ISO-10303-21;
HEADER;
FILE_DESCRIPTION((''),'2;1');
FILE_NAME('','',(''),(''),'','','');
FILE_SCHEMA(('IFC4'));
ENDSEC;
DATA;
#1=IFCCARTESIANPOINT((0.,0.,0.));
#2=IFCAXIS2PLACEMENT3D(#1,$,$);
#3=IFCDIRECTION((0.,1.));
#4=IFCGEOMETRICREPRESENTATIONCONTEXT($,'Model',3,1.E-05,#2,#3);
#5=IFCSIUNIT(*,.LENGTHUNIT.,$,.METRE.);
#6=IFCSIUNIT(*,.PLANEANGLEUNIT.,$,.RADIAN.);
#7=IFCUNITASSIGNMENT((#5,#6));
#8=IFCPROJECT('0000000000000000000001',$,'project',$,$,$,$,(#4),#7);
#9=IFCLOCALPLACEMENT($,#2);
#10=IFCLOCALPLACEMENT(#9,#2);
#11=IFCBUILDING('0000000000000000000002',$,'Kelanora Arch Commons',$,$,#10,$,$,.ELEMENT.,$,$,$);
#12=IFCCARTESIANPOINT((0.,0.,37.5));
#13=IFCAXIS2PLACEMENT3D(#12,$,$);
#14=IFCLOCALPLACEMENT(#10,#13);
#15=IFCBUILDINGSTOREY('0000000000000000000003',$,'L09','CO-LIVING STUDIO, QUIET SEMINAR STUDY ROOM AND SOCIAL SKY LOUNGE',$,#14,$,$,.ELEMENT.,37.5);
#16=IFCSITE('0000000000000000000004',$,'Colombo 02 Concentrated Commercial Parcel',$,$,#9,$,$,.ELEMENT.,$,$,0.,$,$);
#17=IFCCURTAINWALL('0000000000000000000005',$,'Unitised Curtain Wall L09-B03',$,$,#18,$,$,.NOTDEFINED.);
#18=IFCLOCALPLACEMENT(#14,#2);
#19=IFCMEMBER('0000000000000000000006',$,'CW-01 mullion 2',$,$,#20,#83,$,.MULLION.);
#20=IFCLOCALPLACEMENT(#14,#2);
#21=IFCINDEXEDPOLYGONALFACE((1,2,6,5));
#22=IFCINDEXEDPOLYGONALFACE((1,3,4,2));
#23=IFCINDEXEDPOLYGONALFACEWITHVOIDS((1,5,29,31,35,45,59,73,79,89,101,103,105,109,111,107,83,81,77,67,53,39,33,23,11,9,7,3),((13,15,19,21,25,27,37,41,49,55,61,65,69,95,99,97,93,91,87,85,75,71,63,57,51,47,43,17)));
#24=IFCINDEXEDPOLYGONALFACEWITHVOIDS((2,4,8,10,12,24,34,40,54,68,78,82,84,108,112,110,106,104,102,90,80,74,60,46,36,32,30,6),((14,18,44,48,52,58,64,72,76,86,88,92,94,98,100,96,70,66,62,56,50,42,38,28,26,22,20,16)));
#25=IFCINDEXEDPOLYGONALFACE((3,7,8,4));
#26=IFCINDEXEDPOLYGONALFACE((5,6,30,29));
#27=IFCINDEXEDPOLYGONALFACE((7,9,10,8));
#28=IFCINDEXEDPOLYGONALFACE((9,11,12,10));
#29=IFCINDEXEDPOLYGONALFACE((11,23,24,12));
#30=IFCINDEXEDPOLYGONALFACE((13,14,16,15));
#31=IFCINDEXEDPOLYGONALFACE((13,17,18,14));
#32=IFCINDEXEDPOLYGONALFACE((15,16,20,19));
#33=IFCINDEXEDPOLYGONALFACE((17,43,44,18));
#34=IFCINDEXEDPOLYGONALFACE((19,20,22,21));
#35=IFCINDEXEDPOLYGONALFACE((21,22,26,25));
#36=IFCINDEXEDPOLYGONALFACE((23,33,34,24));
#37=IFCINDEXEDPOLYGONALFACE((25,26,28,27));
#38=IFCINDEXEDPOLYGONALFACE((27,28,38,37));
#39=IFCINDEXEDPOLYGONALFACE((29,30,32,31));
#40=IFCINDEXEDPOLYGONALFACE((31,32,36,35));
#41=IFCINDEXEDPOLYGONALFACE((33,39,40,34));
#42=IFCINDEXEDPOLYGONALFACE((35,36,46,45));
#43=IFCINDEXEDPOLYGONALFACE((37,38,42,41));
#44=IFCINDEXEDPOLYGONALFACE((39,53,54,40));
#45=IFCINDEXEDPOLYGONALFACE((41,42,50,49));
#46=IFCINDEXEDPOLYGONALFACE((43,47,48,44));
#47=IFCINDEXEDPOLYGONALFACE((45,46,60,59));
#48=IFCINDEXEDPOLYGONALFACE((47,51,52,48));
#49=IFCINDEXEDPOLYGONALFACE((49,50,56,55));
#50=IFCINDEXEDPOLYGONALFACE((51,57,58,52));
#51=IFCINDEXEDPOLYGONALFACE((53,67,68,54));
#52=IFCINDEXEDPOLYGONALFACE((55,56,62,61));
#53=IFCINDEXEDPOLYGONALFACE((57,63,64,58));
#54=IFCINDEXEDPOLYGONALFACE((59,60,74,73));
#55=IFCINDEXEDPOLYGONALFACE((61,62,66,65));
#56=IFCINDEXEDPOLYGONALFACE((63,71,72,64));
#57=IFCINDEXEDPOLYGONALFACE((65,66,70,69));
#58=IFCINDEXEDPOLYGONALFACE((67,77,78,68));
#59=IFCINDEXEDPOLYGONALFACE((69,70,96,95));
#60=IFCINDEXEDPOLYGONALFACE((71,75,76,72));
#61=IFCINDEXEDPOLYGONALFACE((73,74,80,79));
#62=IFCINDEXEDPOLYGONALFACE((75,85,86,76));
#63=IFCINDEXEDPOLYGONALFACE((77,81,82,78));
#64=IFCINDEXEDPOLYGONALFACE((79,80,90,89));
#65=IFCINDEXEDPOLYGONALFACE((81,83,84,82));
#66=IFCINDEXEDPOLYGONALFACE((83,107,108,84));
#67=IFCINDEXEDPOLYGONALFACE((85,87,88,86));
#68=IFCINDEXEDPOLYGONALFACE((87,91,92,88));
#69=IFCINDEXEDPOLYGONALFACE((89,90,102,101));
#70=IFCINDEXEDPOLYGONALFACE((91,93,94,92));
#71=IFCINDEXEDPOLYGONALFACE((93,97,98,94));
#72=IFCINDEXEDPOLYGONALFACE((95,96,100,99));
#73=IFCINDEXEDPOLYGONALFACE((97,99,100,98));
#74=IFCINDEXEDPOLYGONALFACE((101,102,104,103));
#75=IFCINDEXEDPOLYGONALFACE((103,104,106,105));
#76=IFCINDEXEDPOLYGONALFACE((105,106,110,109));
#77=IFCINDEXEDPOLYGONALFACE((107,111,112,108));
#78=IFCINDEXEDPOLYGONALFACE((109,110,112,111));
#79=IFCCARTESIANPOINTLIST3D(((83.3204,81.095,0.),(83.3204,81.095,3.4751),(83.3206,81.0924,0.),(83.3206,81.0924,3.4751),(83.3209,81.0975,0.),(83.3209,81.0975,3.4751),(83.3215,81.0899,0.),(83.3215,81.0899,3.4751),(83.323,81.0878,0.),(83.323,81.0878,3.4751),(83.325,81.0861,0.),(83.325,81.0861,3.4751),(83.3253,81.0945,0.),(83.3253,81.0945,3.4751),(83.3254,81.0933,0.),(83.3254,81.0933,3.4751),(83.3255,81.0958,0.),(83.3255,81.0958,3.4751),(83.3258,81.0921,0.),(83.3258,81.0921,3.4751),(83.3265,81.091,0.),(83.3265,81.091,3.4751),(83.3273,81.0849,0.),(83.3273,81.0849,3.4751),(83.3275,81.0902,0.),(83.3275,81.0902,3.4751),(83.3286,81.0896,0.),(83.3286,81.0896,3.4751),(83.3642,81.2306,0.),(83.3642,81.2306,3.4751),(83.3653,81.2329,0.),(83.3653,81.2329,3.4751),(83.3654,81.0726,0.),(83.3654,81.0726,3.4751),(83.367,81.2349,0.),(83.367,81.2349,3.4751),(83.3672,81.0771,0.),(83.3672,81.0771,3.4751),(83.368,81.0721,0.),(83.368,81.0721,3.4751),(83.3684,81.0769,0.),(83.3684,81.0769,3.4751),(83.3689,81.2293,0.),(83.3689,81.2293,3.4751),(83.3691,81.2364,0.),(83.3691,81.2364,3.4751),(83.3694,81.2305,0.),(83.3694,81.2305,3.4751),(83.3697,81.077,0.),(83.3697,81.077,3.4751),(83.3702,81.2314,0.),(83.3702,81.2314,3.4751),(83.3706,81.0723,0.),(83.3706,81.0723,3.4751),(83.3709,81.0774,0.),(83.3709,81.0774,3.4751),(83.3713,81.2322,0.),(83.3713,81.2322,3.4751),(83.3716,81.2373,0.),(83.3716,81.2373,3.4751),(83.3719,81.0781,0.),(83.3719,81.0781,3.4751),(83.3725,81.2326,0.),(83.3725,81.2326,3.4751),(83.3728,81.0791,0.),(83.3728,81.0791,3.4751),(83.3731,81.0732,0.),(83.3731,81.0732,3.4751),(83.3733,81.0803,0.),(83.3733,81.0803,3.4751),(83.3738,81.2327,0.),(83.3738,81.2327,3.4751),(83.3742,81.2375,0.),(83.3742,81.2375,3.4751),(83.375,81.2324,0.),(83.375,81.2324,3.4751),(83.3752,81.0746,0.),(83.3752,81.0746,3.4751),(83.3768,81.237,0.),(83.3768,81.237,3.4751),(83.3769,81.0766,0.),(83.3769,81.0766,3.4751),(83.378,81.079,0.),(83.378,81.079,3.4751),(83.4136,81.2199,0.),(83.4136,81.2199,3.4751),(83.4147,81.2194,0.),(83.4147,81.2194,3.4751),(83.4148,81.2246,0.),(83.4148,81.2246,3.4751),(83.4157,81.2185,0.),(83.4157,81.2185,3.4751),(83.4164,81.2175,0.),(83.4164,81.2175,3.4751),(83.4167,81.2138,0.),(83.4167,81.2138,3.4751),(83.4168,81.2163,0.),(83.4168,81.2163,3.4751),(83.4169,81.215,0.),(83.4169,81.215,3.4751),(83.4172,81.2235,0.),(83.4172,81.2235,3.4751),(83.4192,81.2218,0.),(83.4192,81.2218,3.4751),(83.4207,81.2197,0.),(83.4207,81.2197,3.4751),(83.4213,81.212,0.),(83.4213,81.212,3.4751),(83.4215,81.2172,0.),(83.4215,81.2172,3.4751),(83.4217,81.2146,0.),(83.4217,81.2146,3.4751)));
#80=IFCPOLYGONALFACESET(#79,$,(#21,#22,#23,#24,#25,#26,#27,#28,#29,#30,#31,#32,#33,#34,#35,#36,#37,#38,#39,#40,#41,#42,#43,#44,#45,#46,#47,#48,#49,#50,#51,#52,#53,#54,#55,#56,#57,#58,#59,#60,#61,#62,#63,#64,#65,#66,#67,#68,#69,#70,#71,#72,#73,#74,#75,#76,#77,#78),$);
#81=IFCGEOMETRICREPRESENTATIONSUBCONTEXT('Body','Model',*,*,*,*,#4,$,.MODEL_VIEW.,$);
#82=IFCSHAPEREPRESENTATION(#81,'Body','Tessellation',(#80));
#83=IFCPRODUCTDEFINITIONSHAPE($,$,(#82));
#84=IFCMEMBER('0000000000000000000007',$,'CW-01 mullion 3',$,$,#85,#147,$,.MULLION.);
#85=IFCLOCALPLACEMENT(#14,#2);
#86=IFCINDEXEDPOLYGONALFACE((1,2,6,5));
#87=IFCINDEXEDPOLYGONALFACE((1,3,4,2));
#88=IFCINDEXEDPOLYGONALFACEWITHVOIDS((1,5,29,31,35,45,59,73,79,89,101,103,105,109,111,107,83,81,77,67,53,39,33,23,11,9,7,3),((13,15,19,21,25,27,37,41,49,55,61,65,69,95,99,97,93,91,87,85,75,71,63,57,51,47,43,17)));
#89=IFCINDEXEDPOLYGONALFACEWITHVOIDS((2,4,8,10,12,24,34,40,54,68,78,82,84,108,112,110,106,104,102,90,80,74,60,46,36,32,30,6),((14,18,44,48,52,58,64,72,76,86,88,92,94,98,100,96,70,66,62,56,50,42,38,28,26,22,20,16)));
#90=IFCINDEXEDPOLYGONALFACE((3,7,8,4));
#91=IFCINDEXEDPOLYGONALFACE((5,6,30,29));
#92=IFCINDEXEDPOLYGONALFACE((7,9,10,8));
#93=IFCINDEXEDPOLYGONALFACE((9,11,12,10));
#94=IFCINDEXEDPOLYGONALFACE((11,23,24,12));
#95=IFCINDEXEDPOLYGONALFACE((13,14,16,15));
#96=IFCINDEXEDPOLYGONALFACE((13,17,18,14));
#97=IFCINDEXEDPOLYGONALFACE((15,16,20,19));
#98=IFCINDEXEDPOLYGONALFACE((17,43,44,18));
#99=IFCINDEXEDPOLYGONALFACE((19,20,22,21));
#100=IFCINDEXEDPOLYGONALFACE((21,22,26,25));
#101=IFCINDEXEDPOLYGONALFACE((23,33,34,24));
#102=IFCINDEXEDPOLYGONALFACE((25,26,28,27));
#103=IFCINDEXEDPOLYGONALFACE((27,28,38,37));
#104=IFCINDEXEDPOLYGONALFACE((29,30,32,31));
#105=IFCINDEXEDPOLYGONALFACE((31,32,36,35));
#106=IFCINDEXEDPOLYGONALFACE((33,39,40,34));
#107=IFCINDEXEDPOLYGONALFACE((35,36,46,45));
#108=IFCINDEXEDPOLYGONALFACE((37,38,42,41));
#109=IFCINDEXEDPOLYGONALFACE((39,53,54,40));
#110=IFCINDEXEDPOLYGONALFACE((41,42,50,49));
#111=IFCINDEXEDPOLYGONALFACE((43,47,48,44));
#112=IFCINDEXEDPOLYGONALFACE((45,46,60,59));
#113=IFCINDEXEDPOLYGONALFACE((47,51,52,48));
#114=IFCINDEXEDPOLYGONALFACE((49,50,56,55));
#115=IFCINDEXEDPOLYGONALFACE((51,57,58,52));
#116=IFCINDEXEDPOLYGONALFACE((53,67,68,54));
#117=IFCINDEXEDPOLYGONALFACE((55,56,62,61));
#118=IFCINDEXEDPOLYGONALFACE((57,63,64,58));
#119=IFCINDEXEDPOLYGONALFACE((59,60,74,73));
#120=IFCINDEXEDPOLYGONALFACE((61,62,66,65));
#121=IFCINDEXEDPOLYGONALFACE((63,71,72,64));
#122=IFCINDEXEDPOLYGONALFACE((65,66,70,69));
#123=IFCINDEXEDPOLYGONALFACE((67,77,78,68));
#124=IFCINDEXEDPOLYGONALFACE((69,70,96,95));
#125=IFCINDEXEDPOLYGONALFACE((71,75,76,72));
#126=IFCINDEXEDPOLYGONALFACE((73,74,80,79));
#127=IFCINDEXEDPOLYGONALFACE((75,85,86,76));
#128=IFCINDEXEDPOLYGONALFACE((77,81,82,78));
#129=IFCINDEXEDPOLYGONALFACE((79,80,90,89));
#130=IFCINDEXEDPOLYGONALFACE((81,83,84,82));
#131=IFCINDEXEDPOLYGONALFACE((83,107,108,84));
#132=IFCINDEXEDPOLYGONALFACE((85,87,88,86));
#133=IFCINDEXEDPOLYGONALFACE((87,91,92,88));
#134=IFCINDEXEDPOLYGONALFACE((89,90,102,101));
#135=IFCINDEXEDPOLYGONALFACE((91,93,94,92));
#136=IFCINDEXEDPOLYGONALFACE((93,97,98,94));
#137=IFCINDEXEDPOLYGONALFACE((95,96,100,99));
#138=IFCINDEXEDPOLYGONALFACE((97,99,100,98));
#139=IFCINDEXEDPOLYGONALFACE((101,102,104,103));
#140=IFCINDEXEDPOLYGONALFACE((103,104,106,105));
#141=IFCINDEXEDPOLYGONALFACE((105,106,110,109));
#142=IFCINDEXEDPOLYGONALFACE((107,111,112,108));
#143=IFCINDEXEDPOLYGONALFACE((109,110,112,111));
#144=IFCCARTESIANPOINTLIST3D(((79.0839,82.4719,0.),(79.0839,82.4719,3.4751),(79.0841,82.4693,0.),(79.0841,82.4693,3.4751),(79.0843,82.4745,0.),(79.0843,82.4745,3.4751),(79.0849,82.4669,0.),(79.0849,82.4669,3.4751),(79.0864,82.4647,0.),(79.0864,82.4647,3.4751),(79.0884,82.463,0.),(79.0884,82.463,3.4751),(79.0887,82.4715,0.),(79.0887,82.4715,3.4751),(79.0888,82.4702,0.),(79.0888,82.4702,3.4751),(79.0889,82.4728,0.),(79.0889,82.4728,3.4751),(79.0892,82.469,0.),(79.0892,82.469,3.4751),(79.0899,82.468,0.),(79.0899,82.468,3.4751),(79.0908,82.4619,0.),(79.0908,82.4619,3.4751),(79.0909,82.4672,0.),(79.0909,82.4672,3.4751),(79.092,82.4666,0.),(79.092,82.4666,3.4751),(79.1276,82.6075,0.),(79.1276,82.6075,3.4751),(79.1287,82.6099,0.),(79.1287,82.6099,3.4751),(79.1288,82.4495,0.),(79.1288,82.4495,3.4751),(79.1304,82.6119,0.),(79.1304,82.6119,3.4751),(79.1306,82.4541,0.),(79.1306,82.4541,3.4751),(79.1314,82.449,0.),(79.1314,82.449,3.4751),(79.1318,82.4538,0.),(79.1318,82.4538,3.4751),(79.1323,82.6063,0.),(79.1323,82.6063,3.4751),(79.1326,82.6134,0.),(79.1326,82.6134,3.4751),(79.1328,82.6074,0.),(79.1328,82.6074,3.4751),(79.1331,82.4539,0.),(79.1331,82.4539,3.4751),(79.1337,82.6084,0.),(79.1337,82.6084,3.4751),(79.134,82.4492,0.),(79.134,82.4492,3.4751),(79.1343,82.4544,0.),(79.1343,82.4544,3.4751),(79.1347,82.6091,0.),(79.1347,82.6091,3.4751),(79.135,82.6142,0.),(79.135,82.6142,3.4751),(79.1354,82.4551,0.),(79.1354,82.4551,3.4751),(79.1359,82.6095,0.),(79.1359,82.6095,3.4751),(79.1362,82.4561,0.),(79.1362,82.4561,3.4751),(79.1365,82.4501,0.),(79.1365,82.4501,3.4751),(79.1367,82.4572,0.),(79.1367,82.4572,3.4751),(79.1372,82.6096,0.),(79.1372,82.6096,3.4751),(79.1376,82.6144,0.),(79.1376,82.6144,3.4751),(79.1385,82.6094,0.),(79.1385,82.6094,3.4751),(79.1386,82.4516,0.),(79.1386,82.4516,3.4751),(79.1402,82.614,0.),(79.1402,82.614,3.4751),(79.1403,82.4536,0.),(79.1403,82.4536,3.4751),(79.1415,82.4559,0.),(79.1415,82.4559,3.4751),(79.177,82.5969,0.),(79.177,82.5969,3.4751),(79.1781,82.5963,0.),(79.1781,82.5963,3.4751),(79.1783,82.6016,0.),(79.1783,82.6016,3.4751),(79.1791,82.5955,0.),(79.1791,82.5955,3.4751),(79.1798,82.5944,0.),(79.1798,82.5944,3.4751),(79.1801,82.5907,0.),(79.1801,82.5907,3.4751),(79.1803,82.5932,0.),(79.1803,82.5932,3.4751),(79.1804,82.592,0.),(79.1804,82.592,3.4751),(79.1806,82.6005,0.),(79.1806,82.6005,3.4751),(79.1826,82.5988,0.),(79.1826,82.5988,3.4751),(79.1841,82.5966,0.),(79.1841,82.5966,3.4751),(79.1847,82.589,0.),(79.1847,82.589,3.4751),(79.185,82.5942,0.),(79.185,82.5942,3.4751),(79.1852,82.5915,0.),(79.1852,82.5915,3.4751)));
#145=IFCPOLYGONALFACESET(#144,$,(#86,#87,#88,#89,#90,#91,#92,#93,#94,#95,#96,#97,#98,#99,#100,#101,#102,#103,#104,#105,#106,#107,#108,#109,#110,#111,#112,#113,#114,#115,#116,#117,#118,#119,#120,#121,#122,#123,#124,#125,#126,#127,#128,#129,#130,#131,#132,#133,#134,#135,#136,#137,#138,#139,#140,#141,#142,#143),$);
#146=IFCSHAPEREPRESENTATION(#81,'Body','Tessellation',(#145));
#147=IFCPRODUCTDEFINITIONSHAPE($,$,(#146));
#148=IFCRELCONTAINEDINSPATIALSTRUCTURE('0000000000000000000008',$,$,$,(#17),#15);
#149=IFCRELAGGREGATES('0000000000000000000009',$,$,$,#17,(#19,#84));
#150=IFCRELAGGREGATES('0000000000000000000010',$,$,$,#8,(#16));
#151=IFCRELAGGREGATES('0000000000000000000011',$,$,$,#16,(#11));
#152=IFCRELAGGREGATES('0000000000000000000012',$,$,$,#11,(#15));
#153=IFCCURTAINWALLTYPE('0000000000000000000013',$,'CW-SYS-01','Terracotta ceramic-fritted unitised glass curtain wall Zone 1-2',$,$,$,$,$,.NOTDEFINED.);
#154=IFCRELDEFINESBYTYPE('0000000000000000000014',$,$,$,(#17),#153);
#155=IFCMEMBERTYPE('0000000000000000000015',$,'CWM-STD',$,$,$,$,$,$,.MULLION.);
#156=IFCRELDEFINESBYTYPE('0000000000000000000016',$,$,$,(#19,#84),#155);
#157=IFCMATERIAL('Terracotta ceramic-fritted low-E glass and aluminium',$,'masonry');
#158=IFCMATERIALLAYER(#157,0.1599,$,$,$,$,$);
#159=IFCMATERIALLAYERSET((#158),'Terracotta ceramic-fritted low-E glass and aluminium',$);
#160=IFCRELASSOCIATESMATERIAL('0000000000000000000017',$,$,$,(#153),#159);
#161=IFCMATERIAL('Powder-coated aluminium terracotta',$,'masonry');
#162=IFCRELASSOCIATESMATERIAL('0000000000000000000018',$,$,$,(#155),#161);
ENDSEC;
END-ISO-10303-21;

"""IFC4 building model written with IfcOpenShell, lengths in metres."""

from ifc_helpers import new_model, si_unit, direction, frame, origin, origin_2d, place, context, subcontext, project, spatial, hollow_rectangle, extrude, material, layer, layer_set, material_profile, profile_set, type_object, element, aggregate, save


model = new_model("IFC4")

# Units and contexts
model_context = context("Model", 3, precision=1e-05, world=origin(), true_north=direction((0.0, 1.0)))
body_context = subcontext(model_context, "Body", "Model", "MODEL_VIEW")
ifc_project = project(units=[si_unit("LENGTHUNIT", "METRE"), si_unit("PLANEANGLEUNIT", "RADIAN")], contexts=[model_context])

# Site, building, storey
site_placement = place(None, origin())
site = spatial("IfcSite", under=ifc_project, at=site_placement, Name="Colombo 02 Concentrated Commercial Parcel", CompositionType="ELEMENT", RefElevation=0.0)
building_placement = place(site_placement, origin())
building = spatial("IfcBuilding", under=site, at=building_placement, Name="Kelanora Arch Commons", CompositionType="ELEMENT")
storey_placement = place(building_placement, frame((0.0, 0.0, 37.5)))
storey = spatial("IfcBuildingStorey", under=building, at=storey_placement, Name="L09", Description="CO-LIVING STUDIO, QUIET SEMINAR STUDY ROOM AND SOCIAL SKY LOUNGE", CompositionType="ELEMENT", Elevation=37.5)

# Curtain wall, members
ifc_material_1 = material(Name="Terracotta ceramic-fritted low-E glass and aluminium", Category="masonry")
ifc_layer_1 = layer(ifc_material_1, 0.1599)
ifc_layer_set_1 = layer_set([ifc_layer_1], Name="Terracotta ceramic-fritted low-E glass and aluminium")
curtain_wall_type = type_object("IfcCurtainWallType", Name="CW-SYS-01", Description="Terracotta ceramic-fritted unitised glass curtain wall Zone 1-2", PredefinedType="NOTDEFINED", material=ifc_layer_set_1)
curtain_wall_placement = place(storey_placement, origin())
curtain_wall = element("IfcCurtainWall", 1, at=curtain_wall_placement, inside=storey, type_object=curtain_wall_type, Name="Unitised Curtain Wall L09-B03", PredefinedType="NOTDEFINED")
ifc_material_2 = material(Name="Powder-coated aluminium terracotta", Category="masonry")
ifc_material_profile_1 = material_profile(ifc_material_2, hollow_rectangle(XDim=0.1599, YDim=0.0601, WallThickness=0.0049, InnerFilletRadius=0.0049, OuterFilletRadius=0.01, at=origin_2d()), Name="CWM160x60")
ifc_profile_set_1 = profile_set([ifc_material_profile_1], Name="Powder-coated aluminium terracotta")
member_type_1 = type_object("IfcMemberType", Name="CWM-STD", PredefinedType="MULLION", material=ifc_profile_set_1)
member_1_placement = place(storey_placement, frame((83.3711, 81.1548, 0.0), z_axis=(0.0, 0.0, 1.0), x_axis=(-0.309058, -0.951043, 0.0)))
member_1 = element("IfcMember", 2, at=member_1_placement, type_object=member_type_1, Name="CW-01 mullion 2", PredefinedType="MULLION", context=body_context, shape_type="SweptSolid", body=[
    extrude(hollow_rectangle(XDim=0.1599, YDim=0.0601, WallThickness=0.0049, InnerFilletRadius=0.0049, OuterFilletRadius=0.01, at=origin_2d()), origin(), (0.0, 0.0, 1.0), 3.4751),
])
member_2_placement = place(storey_placement, frame((79.1345, 82.5317, 0.0), z_axis=(0.0, 0.0, 1.0), x_axis=(-0.309058, -0.951043, 0.0)))
member_2 = element("IfcMember", 3, at=member_2_placement, type_object=member_type_1, Name="CW-01 mullion 3", PredefinedType="MULLION", context=body_context, shape_type="SweptSolid", body=[
    extrude(hollow_rectangle(XDim=0.1599, YDim=0.0601, WallThickness=0.0049, InnerFilletRadius=0.0049, OuterFilletRadius=0.01, at=origin_2d()), origin(), (0.0, 0.0, 1.0), 3.4751),
])
aggregate(curtain_wall, [member_1, member_2])

save(model, "model.ifc")
